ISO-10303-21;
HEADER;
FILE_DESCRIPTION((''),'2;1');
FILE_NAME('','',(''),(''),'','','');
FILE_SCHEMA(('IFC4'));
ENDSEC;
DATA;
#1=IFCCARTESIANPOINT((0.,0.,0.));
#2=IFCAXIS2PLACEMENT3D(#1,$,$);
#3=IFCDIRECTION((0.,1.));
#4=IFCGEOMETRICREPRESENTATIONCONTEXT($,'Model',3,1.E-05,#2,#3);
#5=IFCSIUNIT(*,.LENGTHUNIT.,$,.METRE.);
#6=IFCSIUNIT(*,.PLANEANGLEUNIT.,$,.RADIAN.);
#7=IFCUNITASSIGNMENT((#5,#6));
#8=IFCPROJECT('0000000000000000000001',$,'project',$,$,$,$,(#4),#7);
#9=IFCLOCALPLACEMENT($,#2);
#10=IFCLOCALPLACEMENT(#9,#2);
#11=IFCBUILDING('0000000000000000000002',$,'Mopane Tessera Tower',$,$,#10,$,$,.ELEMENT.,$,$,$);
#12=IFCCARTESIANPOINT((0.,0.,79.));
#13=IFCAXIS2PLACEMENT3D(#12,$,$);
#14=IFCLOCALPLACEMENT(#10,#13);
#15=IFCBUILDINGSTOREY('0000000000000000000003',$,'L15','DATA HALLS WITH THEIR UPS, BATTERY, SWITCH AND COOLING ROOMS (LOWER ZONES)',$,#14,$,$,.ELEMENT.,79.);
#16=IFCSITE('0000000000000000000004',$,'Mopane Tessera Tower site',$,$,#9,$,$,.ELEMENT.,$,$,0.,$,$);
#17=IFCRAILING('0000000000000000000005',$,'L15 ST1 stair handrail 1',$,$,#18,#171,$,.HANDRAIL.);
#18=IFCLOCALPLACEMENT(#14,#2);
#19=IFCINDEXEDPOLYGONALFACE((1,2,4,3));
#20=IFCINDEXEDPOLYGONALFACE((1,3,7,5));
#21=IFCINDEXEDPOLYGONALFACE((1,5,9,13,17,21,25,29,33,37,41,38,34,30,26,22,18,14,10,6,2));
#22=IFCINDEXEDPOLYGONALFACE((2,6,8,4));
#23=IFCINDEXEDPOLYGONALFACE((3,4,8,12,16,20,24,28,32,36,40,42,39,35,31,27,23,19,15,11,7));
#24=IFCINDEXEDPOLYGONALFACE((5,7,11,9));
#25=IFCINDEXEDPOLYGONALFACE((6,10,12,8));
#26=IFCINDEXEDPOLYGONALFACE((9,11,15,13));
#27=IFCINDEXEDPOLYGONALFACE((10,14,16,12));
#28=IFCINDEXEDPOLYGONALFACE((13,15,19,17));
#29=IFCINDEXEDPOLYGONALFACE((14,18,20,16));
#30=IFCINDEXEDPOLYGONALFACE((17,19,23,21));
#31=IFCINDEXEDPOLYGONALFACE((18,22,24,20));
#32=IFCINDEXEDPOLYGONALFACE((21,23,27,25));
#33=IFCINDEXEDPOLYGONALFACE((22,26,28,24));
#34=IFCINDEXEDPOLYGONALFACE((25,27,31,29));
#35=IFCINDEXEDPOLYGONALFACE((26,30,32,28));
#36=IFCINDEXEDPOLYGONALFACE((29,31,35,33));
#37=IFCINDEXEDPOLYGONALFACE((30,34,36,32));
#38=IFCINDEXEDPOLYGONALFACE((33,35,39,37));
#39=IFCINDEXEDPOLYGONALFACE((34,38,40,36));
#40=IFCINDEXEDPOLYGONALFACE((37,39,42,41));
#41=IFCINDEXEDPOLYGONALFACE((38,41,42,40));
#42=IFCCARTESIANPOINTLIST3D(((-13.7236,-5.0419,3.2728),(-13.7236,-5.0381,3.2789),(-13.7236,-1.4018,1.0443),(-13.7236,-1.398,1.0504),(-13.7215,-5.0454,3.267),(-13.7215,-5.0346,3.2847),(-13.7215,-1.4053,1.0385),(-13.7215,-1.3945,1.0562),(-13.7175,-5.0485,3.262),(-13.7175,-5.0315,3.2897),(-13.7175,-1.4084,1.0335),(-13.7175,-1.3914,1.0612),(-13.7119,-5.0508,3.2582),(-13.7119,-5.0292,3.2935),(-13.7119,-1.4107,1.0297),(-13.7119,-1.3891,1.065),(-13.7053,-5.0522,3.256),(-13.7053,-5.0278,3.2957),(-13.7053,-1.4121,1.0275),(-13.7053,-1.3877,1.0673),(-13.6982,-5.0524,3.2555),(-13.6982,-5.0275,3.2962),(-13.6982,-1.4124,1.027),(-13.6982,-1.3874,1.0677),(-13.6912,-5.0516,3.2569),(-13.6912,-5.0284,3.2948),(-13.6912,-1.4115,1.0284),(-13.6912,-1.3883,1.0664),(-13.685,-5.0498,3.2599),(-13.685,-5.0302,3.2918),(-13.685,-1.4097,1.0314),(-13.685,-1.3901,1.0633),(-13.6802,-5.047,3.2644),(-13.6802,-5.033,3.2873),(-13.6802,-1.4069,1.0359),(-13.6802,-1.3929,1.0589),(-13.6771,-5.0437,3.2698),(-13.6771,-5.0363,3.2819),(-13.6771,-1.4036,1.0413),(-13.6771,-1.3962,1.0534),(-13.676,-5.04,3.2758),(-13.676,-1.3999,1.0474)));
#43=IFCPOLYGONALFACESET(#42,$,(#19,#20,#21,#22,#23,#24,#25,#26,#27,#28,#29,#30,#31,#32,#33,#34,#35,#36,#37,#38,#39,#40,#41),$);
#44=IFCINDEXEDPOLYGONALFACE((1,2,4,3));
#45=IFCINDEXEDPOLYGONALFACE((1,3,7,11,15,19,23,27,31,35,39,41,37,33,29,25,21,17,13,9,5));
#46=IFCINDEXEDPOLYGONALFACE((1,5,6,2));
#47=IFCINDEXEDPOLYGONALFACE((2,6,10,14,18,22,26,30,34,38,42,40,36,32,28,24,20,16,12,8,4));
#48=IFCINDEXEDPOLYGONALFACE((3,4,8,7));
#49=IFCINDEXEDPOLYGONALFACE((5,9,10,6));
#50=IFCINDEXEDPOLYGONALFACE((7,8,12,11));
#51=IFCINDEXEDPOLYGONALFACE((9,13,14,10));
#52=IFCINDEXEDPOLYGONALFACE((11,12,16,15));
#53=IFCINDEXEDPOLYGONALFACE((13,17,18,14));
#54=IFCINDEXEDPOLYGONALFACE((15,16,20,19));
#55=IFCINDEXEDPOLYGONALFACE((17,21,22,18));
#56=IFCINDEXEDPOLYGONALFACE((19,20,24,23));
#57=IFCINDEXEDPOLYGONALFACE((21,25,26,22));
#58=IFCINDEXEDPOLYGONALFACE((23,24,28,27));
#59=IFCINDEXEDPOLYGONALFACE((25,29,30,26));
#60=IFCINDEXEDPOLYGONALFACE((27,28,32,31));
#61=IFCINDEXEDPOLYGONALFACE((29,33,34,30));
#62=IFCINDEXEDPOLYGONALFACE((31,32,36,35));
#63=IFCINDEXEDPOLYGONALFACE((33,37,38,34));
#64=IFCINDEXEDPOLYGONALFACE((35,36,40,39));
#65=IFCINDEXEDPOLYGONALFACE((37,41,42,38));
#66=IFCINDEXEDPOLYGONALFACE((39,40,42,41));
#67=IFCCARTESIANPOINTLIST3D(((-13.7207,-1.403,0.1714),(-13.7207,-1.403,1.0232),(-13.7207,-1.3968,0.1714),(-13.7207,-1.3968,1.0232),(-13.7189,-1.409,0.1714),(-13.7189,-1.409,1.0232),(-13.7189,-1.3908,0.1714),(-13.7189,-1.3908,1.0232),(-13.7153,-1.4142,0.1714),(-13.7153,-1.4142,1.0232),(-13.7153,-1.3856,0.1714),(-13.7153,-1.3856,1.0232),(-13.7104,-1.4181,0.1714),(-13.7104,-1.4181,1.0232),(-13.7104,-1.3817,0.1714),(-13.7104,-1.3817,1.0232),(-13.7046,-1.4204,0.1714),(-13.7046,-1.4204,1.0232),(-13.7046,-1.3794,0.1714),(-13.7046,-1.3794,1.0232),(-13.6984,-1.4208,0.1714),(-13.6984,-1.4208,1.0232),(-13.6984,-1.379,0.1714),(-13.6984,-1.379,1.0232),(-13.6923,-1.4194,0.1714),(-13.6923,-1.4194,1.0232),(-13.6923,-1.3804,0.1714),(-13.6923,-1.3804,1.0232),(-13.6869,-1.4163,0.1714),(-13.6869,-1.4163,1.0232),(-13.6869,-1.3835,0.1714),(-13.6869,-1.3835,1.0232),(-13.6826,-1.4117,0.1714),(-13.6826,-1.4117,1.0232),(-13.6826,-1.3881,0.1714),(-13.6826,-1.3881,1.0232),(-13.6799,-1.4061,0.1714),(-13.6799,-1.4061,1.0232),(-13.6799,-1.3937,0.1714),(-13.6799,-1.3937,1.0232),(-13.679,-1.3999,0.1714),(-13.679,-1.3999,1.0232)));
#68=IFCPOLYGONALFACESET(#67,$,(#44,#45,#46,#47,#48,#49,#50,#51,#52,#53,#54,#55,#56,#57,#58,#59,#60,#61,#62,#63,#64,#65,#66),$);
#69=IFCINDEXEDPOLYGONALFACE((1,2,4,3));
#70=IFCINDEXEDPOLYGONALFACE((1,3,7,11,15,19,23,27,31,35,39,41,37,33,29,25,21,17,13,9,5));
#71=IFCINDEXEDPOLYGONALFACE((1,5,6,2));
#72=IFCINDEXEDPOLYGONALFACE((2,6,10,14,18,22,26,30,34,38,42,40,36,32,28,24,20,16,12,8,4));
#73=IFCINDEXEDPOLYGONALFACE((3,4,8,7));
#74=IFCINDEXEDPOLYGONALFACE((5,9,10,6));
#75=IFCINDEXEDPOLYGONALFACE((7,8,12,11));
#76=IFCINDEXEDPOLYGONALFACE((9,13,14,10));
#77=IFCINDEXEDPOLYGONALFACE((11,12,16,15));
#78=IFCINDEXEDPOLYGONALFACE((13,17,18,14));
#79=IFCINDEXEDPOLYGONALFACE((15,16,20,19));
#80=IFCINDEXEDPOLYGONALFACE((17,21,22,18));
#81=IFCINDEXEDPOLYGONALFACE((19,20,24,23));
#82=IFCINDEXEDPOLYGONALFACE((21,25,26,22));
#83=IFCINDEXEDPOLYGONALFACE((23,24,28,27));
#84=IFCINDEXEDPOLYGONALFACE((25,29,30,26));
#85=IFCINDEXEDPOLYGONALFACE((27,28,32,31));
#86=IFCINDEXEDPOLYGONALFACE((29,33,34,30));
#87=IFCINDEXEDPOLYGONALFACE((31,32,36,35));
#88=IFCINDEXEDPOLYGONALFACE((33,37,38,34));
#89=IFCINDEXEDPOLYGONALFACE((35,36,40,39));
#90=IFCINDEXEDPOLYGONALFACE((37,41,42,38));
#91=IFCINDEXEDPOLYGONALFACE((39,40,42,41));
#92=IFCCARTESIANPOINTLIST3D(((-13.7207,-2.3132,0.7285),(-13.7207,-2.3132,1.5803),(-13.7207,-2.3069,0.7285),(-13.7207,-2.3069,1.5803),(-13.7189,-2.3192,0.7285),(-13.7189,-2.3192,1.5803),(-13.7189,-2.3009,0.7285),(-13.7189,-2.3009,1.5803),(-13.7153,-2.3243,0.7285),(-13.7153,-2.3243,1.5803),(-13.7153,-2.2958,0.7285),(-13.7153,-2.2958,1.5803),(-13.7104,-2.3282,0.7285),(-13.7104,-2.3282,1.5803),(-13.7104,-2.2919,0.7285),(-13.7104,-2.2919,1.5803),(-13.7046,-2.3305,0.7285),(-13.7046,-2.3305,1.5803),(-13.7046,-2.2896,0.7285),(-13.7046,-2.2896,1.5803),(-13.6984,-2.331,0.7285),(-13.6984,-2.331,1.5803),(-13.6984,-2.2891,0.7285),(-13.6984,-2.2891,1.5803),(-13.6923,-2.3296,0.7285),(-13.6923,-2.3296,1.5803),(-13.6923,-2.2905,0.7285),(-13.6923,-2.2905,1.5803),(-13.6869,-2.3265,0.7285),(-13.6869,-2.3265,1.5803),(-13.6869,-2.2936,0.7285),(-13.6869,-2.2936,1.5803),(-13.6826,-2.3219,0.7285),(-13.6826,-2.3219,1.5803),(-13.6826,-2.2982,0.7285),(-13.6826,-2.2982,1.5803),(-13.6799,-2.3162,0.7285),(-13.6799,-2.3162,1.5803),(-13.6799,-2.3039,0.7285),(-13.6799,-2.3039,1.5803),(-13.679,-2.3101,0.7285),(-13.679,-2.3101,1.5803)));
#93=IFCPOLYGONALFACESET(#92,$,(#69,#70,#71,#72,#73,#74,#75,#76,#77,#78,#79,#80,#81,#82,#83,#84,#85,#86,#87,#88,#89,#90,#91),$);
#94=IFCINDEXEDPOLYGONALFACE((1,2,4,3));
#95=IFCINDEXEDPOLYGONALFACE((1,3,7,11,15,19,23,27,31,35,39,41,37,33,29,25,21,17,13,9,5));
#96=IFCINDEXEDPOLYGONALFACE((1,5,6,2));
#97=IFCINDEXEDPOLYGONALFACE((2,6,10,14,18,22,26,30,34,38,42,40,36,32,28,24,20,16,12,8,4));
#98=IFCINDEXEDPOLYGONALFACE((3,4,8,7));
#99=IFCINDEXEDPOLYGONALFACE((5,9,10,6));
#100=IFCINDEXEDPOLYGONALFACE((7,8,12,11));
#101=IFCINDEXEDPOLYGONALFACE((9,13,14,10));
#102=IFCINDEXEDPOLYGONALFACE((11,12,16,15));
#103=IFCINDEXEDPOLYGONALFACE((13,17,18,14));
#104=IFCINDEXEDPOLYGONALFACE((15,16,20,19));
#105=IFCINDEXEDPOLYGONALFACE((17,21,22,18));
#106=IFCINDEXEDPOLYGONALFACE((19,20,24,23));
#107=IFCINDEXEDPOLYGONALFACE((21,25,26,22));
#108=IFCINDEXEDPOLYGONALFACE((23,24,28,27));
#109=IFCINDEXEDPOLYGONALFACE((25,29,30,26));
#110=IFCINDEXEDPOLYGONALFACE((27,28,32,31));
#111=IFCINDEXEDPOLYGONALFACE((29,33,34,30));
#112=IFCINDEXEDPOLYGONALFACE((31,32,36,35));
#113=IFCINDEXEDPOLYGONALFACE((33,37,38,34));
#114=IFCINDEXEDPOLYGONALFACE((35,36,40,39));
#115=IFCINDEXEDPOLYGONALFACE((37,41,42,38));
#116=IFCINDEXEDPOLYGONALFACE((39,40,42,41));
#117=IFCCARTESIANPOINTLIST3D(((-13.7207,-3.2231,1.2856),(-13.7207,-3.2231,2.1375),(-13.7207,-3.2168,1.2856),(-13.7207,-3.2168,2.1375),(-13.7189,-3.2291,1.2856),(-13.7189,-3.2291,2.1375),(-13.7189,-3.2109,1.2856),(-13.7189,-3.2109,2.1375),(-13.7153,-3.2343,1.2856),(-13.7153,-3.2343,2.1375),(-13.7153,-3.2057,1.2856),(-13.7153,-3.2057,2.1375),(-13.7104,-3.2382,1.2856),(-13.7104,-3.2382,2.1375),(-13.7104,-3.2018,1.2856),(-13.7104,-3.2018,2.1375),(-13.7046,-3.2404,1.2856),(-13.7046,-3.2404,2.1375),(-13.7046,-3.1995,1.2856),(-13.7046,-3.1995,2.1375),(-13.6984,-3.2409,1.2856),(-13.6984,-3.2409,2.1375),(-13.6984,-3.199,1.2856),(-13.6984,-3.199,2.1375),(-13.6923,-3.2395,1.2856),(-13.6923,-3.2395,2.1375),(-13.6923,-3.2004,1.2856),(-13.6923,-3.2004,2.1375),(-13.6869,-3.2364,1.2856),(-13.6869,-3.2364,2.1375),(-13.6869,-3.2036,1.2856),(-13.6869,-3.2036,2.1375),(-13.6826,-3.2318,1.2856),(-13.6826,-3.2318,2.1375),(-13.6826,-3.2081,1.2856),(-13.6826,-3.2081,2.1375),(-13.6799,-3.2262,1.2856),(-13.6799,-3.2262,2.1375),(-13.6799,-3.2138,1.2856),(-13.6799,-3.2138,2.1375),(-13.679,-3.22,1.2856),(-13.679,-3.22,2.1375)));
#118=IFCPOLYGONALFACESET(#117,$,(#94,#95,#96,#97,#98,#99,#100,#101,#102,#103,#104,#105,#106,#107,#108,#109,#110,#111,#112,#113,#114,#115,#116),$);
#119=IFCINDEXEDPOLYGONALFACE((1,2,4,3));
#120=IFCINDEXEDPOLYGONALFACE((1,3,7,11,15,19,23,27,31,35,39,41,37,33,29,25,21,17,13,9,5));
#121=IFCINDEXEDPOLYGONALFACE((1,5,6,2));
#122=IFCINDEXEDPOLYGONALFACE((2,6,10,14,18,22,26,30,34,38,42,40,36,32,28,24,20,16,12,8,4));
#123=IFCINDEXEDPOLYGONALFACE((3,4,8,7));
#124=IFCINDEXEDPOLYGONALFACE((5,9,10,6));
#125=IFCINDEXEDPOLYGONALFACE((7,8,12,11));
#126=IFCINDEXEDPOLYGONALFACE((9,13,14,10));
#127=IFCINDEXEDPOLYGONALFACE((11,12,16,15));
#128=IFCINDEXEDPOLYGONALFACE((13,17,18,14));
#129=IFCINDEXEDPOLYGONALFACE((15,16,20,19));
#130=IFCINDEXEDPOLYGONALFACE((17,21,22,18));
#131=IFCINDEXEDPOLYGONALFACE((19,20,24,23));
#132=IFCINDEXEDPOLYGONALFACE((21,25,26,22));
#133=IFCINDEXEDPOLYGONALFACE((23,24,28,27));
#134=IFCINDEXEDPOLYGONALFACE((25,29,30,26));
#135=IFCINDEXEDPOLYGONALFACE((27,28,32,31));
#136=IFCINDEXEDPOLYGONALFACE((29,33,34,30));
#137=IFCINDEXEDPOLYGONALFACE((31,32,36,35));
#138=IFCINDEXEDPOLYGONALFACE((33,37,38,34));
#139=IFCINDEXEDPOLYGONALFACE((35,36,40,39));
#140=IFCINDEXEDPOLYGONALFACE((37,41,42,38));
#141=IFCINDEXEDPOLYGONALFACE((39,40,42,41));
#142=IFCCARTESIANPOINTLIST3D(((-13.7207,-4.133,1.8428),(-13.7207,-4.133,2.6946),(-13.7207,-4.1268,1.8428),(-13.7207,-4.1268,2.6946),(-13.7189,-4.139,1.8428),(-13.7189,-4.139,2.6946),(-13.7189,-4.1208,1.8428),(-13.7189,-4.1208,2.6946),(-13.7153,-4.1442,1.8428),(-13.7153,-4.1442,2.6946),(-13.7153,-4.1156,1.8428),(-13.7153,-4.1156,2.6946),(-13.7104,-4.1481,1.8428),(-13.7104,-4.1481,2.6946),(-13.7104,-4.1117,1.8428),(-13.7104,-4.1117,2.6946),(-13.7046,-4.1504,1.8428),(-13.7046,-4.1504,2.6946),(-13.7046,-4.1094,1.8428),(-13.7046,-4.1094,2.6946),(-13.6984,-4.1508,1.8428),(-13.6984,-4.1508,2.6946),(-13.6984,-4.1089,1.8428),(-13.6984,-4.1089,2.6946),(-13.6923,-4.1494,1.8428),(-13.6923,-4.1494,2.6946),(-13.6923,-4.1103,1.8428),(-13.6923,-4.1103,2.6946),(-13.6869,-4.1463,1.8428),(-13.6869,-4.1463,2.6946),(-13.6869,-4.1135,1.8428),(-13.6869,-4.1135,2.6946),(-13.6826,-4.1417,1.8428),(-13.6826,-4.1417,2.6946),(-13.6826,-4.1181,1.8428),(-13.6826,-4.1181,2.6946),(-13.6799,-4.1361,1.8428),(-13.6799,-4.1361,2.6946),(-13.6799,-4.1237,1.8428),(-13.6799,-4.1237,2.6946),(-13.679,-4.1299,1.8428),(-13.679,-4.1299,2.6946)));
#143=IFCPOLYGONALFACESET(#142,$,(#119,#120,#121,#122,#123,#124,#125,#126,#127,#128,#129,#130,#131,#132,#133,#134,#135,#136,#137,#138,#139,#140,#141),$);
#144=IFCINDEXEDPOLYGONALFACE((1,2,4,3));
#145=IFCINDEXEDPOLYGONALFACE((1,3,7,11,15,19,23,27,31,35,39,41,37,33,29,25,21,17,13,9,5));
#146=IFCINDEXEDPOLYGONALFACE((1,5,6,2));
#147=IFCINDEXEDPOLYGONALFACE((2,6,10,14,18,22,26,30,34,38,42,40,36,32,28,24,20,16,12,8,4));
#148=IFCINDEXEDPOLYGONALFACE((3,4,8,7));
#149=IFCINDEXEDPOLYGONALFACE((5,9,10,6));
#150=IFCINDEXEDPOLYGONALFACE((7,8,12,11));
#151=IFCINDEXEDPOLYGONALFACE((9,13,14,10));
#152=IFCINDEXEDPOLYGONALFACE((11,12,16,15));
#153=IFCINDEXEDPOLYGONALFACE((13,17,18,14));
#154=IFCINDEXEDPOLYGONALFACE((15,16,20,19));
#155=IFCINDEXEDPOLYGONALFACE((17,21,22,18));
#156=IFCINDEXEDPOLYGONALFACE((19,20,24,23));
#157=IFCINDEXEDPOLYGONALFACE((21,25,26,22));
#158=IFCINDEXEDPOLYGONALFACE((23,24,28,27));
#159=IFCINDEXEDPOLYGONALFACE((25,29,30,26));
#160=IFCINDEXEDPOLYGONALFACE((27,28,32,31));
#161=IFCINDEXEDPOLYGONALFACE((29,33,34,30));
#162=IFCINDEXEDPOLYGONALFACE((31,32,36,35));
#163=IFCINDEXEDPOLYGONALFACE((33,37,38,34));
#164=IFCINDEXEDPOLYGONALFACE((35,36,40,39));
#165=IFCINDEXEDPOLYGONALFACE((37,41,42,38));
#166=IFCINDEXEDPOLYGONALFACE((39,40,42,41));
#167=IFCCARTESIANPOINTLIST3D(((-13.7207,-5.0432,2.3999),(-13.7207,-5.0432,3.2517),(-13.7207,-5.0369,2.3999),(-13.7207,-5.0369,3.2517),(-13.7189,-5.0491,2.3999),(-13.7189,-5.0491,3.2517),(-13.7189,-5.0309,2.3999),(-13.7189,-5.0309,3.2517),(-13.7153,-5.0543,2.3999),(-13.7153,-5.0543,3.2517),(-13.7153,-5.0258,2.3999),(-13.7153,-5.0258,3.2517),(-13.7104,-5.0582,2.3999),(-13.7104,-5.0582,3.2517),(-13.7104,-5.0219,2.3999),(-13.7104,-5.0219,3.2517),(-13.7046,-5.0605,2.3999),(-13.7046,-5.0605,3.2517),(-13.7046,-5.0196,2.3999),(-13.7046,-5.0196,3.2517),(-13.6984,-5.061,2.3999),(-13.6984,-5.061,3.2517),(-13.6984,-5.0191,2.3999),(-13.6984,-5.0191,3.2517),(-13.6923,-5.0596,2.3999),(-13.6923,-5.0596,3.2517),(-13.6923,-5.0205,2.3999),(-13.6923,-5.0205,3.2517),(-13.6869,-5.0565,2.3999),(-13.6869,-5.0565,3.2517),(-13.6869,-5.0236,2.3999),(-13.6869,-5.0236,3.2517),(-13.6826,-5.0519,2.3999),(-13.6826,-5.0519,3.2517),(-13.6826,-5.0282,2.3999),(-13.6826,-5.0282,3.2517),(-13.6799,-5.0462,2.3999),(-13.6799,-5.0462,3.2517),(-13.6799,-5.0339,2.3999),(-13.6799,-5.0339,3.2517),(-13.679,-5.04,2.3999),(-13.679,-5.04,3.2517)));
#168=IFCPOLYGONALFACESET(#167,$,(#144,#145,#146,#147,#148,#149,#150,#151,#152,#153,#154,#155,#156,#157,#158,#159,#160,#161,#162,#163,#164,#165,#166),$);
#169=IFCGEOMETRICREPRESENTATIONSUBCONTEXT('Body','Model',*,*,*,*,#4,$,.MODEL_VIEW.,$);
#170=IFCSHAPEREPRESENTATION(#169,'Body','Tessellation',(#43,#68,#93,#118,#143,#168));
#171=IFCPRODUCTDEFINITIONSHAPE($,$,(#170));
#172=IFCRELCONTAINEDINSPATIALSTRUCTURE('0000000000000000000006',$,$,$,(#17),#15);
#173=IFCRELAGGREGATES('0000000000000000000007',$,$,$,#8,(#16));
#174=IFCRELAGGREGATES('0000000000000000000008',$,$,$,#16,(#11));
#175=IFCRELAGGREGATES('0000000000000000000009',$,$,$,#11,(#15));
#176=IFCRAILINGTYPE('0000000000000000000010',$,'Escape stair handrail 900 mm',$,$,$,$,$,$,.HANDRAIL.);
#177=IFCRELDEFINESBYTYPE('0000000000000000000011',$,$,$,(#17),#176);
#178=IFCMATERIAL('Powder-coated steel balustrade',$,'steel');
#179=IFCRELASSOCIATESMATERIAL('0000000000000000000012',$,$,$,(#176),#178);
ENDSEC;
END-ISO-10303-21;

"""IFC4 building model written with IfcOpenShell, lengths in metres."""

from ifc_helpers import new_model, si_unit, direction, frame, origin, origin_2d, place, context, subcontext, project, spatial, circle, extrude, material, type_object, element, save


model = new_model("IFC4")

# Units and contexts
model_context = context("Model", 3, precision=1e-05, world=origin(), true_north=direction((0.0, 1.0)))
body_context = subcontext(model_context, "Body", "Model", "MODEL_VIEW")
ifc_project = project(units=[si_unit("LENGTHUNIT", "METRE"), si_unit("PLANEANGLEUNIT", "RADIAN")], contexts=[model_context])

# Site, building, storey
site_placement = place(None, origin())
site = spatial("IfcSite", under=ifc_project, at=site_placement, Name="Mopane Tessera Tower site", CompositionType="ELEMENT", RefElevation=0.0)
building_placement = place(site_placement, origin())
building = spatial("IfcBuilding", under=site, at=building_placement, Name="Mopane Tessera Tower", CompositionType="ELEMENT")
storey_placement = place(building_placement, frame((0.0, 0.0, 79.0)))
storey = spatial("IfcBuildingStorey", under=building, at=storey_placement, Name="L15", Description="DATA HALLS WITH THEIR UPS, BATTERY, SWITCH AND COOLING ROOMS (LOWER ZONES)", CompositionType="ELEMENT", Elevation=79.0)

# Railing
ifc_material_1 = material(Name="Powder-coated steel balustrade", Category="steel")
railing_type_1 = type_object("IfcRailingType", Name="Escape stair handrail 900 mm", PredefinedType="HANDRAIL", material=ifc_material_1)
railing_1_placement = place(storey_placement, frame((-13.7, -1.3999, 0.1714)))
element("IfcRailing", 1, at=railing_1_placement, inside=storey, type_object=railing_type_1, Name="L15 ST1 stair handrail 1", PredefinedType="HANDRAIL", context=body_context, shape_type="SweptSolid", body=[
    extrude(circle(Radius=0.0239, at=origin_2d()), frame((0.0, 0.0, 0.876), z_axis=(0.0, -0.852866, 0.52213), x_axis=(1.0, 0.0, 0.0)), (0.0, 0.0, 1.0), 4.2681),
    extrude(circle(Radius=0.021, at=origin_2d()), origin(), (0.0, 0.0, 1.0), 0.8518),
    extrude(circle(Radius=0.021, at=origin_2d()), frame((0.0, -0.9102, 0.5571)), (0.0, 0.0, 1.0), 0.8518),
    extrude(circle(Radius=0.021, at=origin_2d()), frame((0.0, -1.8201, 1.1143)), (0.0, 0.0, 1.0), 0.8518),
    extrude(circle(Radius=0.021, at=origin_2d()), frame((0.0, -2.73, 1.6714)), (0.0, 0.0, 1.0), 0.8518),
    extrude(circle(Radius=0.021, at=origin_2d()), frame((0.0, -3.6401, 2.2285)), (0.0, 0.0, 1.0), 0.8518),
])

save(model, "model.ifc")
